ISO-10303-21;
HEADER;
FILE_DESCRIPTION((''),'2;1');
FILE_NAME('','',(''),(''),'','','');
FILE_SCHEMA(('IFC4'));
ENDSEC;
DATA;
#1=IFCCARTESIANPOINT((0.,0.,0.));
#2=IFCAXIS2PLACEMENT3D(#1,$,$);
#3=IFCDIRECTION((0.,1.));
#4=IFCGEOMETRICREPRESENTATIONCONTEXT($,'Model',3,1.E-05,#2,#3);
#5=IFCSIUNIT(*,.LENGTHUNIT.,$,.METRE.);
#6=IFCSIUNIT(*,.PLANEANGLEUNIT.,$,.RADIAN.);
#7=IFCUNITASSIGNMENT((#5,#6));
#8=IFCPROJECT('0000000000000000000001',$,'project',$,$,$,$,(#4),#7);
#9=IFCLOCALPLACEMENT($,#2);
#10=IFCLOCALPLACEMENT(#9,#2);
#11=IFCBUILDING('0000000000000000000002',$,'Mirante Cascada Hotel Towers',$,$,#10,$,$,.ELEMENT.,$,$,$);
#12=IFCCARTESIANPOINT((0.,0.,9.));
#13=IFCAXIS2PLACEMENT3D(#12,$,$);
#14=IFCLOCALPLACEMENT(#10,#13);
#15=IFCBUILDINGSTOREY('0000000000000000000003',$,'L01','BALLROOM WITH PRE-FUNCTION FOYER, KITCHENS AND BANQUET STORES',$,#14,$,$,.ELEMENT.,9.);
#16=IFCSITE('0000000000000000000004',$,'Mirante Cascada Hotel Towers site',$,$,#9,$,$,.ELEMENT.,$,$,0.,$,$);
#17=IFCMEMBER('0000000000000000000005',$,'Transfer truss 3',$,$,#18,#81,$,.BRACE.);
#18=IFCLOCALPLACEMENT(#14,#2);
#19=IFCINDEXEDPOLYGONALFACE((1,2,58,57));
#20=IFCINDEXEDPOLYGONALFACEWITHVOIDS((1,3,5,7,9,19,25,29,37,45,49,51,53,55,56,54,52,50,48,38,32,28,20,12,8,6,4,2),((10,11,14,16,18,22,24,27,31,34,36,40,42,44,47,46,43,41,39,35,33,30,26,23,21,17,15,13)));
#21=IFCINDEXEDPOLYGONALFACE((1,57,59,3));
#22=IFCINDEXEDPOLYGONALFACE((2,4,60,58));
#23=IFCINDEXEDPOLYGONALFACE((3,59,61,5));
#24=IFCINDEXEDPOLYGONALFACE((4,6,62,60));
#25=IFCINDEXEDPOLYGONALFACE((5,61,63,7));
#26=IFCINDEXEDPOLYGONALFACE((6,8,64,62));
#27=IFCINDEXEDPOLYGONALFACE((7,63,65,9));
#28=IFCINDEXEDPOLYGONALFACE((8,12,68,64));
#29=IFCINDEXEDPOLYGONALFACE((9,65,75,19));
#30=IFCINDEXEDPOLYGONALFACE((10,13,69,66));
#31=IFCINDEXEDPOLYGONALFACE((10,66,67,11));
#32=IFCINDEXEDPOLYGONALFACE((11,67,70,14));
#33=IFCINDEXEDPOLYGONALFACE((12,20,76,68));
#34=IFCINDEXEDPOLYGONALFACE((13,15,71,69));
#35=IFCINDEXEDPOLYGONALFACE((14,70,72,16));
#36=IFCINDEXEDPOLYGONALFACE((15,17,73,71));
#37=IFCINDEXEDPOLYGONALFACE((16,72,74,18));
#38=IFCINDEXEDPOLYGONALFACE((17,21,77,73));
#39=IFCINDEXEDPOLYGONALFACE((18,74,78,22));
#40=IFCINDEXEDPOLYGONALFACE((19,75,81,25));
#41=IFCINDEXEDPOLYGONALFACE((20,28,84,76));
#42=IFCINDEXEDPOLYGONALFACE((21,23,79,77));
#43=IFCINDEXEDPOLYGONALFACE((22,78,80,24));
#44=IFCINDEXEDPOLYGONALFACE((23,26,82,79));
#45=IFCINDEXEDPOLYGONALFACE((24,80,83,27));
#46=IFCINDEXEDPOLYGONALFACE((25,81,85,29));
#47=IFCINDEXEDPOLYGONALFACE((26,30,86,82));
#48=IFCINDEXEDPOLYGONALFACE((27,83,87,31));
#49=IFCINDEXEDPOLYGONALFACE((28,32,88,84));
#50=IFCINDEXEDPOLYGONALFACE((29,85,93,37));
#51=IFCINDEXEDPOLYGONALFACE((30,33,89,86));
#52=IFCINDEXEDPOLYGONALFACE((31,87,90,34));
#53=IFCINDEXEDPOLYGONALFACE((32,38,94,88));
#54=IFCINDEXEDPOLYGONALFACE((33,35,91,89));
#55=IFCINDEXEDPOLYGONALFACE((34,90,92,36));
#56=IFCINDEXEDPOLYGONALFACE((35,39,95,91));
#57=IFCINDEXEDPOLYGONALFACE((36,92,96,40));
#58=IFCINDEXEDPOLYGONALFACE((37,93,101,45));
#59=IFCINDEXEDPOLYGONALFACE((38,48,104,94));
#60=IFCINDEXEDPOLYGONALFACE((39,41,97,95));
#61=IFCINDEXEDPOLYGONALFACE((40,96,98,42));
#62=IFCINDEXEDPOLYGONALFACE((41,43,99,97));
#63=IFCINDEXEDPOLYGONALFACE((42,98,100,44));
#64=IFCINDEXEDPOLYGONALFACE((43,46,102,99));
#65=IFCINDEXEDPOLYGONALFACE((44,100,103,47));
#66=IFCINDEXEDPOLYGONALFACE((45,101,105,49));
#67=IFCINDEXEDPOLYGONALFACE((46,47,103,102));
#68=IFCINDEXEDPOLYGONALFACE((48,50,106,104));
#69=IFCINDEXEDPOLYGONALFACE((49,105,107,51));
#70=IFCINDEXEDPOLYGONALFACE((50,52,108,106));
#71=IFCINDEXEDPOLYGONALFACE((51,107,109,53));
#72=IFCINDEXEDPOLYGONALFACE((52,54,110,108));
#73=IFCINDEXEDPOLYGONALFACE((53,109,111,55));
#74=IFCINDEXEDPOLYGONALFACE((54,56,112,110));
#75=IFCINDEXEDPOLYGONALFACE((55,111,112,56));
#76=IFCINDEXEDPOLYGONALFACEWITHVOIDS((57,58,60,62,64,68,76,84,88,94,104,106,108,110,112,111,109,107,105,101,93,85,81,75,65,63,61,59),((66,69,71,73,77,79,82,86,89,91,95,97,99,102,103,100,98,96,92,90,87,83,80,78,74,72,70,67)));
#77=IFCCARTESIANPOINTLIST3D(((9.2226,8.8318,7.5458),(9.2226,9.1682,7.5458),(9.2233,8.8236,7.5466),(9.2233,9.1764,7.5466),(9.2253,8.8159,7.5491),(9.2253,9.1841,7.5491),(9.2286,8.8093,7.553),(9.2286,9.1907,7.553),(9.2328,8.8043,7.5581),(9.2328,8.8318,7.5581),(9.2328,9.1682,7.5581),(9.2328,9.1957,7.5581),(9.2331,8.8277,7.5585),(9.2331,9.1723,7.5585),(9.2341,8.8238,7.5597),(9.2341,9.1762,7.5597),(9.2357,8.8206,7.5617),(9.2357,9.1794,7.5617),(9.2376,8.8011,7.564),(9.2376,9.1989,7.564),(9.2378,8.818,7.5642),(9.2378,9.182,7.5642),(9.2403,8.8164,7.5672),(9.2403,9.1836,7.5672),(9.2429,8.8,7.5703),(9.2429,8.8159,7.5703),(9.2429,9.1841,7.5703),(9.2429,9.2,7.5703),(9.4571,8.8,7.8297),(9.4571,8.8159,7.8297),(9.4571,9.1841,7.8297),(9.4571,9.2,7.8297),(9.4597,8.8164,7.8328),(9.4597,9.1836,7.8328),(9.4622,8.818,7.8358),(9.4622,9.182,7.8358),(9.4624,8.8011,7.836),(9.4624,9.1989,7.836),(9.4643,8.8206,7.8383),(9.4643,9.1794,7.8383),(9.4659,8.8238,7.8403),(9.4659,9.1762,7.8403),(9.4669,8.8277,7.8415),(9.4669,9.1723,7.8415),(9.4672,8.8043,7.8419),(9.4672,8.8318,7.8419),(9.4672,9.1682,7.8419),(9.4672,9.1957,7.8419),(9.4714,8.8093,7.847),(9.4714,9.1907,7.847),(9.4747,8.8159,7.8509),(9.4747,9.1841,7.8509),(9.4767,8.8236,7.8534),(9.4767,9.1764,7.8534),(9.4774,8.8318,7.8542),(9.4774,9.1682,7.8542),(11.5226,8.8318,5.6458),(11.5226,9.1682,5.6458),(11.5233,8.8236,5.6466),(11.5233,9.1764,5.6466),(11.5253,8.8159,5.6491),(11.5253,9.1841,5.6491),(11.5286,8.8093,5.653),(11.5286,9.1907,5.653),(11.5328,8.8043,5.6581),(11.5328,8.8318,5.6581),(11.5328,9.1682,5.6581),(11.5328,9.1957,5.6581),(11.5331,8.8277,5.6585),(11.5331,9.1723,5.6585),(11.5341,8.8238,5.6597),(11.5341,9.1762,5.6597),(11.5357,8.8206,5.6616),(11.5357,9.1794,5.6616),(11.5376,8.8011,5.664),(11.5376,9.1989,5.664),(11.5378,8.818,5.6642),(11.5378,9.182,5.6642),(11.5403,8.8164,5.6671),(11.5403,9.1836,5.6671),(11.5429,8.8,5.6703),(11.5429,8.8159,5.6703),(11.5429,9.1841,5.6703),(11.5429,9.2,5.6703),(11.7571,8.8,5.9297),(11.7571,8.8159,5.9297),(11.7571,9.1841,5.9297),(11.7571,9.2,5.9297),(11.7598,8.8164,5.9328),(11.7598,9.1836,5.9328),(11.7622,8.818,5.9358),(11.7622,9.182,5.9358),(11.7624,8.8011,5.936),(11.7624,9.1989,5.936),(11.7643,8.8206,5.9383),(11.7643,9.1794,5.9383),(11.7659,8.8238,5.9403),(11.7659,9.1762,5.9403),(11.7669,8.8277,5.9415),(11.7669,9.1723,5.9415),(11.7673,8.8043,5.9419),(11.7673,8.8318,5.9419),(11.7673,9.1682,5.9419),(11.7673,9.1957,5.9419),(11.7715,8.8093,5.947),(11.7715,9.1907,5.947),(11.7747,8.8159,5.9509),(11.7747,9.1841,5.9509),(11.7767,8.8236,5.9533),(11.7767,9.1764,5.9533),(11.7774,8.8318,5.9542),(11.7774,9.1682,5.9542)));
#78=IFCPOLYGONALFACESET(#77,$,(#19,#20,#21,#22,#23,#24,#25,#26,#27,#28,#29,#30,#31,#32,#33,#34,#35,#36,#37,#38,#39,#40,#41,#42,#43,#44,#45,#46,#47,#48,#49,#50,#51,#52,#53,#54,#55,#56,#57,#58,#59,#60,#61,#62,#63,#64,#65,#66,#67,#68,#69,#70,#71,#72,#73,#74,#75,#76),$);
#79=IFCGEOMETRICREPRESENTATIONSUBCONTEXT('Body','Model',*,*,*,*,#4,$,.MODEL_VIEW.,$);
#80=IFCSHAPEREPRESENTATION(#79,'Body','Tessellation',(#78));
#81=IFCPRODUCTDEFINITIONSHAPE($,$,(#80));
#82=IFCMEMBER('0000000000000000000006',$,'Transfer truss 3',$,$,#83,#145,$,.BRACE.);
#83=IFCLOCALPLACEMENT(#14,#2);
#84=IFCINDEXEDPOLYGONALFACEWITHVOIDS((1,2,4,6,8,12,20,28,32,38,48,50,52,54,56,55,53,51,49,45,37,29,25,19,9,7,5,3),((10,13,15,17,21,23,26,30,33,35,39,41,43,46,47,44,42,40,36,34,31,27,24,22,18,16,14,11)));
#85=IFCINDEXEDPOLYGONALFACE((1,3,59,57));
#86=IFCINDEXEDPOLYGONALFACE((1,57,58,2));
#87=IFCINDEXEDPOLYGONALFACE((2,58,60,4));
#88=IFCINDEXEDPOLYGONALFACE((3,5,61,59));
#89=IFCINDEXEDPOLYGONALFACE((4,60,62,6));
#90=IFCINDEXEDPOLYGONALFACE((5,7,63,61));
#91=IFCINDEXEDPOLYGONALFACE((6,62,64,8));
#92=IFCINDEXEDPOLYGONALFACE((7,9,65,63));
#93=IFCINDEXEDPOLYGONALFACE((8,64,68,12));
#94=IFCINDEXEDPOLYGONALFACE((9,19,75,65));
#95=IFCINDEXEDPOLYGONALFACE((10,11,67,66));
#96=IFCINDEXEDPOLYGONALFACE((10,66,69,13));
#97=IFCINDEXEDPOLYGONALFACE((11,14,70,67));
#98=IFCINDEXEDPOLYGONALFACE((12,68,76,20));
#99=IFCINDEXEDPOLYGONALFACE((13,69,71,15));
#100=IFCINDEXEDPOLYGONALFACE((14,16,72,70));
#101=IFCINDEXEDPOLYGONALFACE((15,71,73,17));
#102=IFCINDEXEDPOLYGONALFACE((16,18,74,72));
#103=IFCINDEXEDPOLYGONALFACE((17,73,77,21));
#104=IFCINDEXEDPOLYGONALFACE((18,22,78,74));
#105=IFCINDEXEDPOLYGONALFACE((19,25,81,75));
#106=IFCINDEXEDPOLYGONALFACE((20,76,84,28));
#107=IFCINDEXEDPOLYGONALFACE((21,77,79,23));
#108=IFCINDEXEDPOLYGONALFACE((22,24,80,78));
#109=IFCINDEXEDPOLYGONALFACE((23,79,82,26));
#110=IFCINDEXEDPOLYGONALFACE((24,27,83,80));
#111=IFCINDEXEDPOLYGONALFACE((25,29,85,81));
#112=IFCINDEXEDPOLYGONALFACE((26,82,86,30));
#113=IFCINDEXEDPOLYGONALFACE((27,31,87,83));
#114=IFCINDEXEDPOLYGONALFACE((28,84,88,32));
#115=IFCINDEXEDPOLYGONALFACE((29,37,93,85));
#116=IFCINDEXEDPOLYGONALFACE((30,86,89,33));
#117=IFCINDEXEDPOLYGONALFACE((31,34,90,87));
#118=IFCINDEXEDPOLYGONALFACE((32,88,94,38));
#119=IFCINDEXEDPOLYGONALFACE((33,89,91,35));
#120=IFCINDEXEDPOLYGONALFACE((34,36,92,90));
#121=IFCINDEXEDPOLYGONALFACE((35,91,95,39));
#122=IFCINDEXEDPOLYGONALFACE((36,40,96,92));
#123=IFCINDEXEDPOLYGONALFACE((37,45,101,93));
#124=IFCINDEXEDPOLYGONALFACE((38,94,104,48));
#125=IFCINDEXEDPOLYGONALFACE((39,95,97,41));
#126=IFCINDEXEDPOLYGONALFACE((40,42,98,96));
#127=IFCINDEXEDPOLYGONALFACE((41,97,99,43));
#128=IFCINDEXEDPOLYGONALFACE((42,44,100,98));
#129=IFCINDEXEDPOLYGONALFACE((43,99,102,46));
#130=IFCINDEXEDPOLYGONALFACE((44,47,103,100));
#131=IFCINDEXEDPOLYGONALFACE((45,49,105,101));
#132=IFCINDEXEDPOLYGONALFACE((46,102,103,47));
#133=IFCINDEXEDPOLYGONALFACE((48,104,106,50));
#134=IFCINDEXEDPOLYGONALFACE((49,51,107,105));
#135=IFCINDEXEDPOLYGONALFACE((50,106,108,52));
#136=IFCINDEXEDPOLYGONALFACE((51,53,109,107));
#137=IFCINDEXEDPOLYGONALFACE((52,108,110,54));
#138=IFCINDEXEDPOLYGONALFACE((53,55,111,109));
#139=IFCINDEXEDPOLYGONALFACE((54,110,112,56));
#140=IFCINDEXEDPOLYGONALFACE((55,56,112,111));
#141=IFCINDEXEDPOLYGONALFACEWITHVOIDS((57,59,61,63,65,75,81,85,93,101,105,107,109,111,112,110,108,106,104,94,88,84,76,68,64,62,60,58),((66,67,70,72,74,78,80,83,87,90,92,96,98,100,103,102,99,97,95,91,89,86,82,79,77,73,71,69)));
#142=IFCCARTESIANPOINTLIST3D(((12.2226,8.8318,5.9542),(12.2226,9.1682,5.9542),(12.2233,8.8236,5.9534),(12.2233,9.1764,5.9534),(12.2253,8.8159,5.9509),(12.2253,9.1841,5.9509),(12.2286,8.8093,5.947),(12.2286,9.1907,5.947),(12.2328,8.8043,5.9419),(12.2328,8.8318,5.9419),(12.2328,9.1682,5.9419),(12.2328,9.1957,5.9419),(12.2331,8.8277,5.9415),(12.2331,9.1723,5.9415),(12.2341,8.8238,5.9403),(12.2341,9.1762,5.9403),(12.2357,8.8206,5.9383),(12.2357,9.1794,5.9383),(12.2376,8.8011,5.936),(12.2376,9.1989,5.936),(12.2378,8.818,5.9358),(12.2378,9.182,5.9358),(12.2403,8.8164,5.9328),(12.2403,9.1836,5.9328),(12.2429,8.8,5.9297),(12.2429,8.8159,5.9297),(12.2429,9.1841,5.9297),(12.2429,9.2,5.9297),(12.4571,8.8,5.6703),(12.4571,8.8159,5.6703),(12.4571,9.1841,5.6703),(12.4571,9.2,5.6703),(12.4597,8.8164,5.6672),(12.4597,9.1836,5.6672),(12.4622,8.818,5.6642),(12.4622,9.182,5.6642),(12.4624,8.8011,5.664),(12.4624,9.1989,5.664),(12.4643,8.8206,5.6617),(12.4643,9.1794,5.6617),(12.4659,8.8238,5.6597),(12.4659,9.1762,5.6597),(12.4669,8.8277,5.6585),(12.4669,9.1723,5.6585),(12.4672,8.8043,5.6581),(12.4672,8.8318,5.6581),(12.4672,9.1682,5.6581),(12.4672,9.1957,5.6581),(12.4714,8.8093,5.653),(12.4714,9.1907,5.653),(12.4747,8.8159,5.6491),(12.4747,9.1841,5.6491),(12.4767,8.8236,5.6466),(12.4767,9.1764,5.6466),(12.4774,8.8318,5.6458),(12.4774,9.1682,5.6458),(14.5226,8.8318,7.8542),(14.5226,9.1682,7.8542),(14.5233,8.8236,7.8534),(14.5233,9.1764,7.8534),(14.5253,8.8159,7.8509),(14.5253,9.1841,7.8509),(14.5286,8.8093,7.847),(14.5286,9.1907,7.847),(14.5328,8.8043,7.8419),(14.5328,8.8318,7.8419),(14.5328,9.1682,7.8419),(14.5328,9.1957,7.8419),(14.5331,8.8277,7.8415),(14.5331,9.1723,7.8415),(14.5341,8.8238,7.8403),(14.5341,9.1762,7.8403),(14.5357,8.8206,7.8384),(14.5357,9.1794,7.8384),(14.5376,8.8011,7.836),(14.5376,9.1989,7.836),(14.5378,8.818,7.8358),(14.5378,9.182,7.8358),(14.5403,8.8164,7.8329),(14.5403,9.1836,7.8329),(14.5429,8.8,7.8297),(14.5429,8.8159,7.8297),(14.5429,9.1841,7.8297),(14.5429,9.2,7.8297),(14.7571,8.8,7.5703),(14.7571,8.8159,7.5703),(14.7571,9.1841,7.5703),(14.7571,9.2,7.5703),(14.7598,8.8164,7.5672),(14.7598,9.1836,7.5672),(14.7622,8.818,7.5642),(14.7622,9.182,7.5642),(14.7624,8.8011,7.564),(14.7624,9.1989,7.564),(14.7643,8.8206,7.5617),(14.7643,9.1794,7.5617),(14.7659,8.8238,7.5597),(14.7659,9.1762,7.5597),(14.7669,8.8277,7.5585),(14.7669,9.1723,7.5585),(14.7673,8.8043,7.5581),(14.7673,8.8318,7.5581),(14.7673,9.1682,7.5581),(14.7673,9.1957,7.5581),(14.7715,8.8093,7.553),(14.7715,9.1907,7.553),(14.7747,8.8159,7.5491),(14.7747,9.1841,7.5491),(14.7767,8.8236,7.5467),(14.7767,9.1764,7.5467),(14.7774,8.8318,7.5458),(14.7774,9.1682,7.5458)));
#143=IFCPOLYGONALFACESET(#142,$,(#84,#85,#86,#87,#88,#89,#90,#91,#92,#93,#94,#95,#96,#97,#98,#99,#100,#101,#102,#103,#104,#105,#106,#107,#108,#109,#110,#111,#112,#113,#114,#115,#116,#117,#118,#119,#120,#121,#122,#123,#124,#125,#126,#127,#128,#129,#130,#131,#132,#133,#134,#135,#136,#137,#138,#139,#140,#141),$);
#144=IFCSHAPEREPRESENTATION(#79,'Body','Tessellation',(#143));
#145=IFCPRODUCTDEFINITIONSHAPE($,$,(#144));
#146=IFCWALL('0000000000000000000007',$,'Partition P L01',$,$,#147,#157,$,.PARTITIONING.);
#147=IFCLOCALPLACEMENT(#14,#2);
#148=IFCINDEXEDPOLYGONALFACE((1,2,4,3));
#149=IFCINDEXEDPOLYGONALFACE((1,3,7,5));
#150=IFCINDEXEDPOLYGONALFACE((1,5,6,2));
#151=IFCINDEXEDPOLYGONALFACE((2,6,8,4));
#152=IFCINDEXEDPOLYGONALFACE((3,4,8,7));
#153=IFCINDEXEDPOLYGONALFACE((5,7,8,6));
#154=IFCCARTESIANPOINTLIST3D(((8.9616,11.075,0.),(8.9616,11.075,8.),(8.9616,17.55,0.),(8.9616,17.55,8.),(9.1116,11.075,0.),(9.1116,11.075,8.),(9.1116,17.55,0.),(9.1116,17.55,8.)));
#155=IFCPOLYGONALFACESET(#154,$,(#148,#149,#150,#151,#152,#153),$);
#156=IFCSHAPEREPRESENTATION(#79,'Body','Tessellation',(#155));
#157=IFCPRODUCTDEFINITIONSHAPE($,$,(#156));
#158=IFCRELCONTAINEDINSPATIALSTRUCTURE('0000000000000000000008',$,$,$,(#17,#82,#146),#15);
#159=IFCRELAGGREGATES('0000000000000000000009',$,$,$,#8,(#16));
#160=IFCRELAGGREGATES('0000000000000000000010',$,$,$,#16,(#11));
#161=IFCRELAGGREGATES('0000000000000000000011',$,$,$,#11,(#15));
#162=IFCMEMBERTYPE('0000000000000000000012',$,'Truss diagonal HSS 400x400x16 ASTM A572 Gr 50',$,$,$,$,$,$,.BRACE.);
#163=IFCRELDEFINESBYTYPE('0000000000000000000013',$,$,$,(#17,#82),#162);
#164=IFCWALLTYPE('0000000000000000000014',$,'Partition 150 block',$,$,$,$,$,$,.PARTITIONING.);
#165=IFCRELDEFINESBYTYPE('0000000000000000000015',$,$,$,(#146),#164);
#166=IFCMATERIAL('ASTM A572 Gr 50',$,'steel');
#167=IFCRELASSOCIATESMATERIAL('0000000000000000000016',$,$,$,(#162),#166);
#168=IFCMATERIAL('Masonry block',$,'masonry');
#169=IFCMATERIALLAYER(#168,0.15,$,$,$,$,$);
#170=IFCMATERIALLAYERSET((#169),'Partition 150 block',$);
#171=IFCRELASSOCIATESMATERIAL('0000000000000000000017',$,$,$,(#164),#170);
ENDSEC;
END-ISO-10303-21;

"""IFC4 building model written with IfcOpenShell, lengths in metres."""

from ifc_helpers import new_model, si_unit, direction, frame, frame_2d, origin, origin_2d, place, context, subcontext, project, spatial, rectangle, hollow_rectangle, extrude, material, layer, layer_set, material_profile, profile_set, type_object, element, save


model = new_model("IFC4")

# Units and contexts
model_context = context("Model", 3, precision=1e-05, world=origin(), true_north=direction((0.0, 1.0)))
body_context = subcontext(model_context, "Body", "Model", "MODEL_VIEW")
ifc_project = project(units=[si_unit("LENGTHUNIT", "METRE"), si_unit("PLANEANGLEUNIT", "RADIAN")], contexts=[model_context])

# Site, building, storey
site_placement = place(None, origin())
site = spatial("IfcSite", under=ifc_project, at=site_placement, Name="Mirante Cascada Hotel Towers site", CompositionType="ELEMENT", RefElevation=0.0)
building_placement = place(site_placement, origin())
building = spatial("IfcBuilding", under=site, at=building_placement, Name="Mirante Cascada Hotel Towers", CompositionType="ELEMENT")
storey_placement = place(building_placement, frame((0.0, 0.0, 9.0)))
storey = spatial("IfcBuildingStorey", under=building, at=storey_placement, Name="L01", Description="BALLROOM WITH PRE-FUNCTION FOYER, KITCHENS AND BANQUET STORES", CompositionType="ELEMENT", Elevation=9.0)

# Members
ifc_material_1 = material(Name="ASTM A572 Gr 50", Category="steel")
ifc_material_profile_1 = material_profile(ifc_material_1, hollow_rectangle(XDim=0.4, YDim=0.4, WallThickness=0.0159, InnerFilletRadius=0.0159, OuterFilletRadius=0.0318, at=origin_2d()), Name="HSS 400x400x16")
ifc_profile_set_1 = profile_set([ifc_material_profile_1], Name="ASTM A572 Gr 50")
member_type_1 = type_object("IfcMemberType", Name="Truss diagonal HSS 400x400x16 ASTM A572 Gr 50", PredefinedType="BRACE", material=ifc_profile_set_1)
for number, where, z_axis, x_axis, name in (
    (1, (9.35, 9.0, 7.7), (0.770962, 0.0, -0.636881), (0.0, 1.0, 0.0), "Transfer truss 3"),
    (2, (12.35, 9.0, 5.8), (0.770962, 0.0, 0.636881), (0.0, 1.0, 0.0), "Transfer truss 3"),
):
    element("IfcMember", number, at=place(storey_placement, frame(where, z_axis=z_axis, x_axis=x_axis)), inside=storey, type_object=member_type_1, Name=name, PredefinedType="BRACE", context=body_context, shape_type="SweptSolid", body=[
        extrude(hollow_rectangle(XDim=0.4, YDim=0.4, WallThickness=0.0159, InnerFilletRadius=0.0159, OuterFilletRadius=0.0318, at=origin_2d()), origin(), (0.0, 0.0, 1.0), 2.9833),
    ])

# Wall
ifc_material_2 = material(Name="Masonry block", Category="masonry")
ifc_layer = layer(ifc_material_2, 0.15)
ifc_layer_set = layer_set([ifc_layer], Name="Partition 150 block")
wall_type = type_object("IfcWallType", Name="Partition 150 block", PredefinedType="PARTITIONING", material=ifc_layer_set)
wall_placement = place(storey_placement, frame((9.0366, 11.075, 0.0), z_axis=(0.0, 0.0, 1.0), x_axis=(0.0, 1.0, 0.0)))
element("IfcWall", 3, at=wall_placement, inside=storey, type_object=wall_type, Name="Partition P L01", PredefinedType="PARTITIONING", context=body_context, shape_type="SweptSolid", body=[
    extrude(rectangle(XDim=6.475, YDim=0.15, at=frame_2d((3.2375, 0.0))), origin(), (0.0, 0.0, 1.0), 8.0),
])

save(model, "model.ifc")
